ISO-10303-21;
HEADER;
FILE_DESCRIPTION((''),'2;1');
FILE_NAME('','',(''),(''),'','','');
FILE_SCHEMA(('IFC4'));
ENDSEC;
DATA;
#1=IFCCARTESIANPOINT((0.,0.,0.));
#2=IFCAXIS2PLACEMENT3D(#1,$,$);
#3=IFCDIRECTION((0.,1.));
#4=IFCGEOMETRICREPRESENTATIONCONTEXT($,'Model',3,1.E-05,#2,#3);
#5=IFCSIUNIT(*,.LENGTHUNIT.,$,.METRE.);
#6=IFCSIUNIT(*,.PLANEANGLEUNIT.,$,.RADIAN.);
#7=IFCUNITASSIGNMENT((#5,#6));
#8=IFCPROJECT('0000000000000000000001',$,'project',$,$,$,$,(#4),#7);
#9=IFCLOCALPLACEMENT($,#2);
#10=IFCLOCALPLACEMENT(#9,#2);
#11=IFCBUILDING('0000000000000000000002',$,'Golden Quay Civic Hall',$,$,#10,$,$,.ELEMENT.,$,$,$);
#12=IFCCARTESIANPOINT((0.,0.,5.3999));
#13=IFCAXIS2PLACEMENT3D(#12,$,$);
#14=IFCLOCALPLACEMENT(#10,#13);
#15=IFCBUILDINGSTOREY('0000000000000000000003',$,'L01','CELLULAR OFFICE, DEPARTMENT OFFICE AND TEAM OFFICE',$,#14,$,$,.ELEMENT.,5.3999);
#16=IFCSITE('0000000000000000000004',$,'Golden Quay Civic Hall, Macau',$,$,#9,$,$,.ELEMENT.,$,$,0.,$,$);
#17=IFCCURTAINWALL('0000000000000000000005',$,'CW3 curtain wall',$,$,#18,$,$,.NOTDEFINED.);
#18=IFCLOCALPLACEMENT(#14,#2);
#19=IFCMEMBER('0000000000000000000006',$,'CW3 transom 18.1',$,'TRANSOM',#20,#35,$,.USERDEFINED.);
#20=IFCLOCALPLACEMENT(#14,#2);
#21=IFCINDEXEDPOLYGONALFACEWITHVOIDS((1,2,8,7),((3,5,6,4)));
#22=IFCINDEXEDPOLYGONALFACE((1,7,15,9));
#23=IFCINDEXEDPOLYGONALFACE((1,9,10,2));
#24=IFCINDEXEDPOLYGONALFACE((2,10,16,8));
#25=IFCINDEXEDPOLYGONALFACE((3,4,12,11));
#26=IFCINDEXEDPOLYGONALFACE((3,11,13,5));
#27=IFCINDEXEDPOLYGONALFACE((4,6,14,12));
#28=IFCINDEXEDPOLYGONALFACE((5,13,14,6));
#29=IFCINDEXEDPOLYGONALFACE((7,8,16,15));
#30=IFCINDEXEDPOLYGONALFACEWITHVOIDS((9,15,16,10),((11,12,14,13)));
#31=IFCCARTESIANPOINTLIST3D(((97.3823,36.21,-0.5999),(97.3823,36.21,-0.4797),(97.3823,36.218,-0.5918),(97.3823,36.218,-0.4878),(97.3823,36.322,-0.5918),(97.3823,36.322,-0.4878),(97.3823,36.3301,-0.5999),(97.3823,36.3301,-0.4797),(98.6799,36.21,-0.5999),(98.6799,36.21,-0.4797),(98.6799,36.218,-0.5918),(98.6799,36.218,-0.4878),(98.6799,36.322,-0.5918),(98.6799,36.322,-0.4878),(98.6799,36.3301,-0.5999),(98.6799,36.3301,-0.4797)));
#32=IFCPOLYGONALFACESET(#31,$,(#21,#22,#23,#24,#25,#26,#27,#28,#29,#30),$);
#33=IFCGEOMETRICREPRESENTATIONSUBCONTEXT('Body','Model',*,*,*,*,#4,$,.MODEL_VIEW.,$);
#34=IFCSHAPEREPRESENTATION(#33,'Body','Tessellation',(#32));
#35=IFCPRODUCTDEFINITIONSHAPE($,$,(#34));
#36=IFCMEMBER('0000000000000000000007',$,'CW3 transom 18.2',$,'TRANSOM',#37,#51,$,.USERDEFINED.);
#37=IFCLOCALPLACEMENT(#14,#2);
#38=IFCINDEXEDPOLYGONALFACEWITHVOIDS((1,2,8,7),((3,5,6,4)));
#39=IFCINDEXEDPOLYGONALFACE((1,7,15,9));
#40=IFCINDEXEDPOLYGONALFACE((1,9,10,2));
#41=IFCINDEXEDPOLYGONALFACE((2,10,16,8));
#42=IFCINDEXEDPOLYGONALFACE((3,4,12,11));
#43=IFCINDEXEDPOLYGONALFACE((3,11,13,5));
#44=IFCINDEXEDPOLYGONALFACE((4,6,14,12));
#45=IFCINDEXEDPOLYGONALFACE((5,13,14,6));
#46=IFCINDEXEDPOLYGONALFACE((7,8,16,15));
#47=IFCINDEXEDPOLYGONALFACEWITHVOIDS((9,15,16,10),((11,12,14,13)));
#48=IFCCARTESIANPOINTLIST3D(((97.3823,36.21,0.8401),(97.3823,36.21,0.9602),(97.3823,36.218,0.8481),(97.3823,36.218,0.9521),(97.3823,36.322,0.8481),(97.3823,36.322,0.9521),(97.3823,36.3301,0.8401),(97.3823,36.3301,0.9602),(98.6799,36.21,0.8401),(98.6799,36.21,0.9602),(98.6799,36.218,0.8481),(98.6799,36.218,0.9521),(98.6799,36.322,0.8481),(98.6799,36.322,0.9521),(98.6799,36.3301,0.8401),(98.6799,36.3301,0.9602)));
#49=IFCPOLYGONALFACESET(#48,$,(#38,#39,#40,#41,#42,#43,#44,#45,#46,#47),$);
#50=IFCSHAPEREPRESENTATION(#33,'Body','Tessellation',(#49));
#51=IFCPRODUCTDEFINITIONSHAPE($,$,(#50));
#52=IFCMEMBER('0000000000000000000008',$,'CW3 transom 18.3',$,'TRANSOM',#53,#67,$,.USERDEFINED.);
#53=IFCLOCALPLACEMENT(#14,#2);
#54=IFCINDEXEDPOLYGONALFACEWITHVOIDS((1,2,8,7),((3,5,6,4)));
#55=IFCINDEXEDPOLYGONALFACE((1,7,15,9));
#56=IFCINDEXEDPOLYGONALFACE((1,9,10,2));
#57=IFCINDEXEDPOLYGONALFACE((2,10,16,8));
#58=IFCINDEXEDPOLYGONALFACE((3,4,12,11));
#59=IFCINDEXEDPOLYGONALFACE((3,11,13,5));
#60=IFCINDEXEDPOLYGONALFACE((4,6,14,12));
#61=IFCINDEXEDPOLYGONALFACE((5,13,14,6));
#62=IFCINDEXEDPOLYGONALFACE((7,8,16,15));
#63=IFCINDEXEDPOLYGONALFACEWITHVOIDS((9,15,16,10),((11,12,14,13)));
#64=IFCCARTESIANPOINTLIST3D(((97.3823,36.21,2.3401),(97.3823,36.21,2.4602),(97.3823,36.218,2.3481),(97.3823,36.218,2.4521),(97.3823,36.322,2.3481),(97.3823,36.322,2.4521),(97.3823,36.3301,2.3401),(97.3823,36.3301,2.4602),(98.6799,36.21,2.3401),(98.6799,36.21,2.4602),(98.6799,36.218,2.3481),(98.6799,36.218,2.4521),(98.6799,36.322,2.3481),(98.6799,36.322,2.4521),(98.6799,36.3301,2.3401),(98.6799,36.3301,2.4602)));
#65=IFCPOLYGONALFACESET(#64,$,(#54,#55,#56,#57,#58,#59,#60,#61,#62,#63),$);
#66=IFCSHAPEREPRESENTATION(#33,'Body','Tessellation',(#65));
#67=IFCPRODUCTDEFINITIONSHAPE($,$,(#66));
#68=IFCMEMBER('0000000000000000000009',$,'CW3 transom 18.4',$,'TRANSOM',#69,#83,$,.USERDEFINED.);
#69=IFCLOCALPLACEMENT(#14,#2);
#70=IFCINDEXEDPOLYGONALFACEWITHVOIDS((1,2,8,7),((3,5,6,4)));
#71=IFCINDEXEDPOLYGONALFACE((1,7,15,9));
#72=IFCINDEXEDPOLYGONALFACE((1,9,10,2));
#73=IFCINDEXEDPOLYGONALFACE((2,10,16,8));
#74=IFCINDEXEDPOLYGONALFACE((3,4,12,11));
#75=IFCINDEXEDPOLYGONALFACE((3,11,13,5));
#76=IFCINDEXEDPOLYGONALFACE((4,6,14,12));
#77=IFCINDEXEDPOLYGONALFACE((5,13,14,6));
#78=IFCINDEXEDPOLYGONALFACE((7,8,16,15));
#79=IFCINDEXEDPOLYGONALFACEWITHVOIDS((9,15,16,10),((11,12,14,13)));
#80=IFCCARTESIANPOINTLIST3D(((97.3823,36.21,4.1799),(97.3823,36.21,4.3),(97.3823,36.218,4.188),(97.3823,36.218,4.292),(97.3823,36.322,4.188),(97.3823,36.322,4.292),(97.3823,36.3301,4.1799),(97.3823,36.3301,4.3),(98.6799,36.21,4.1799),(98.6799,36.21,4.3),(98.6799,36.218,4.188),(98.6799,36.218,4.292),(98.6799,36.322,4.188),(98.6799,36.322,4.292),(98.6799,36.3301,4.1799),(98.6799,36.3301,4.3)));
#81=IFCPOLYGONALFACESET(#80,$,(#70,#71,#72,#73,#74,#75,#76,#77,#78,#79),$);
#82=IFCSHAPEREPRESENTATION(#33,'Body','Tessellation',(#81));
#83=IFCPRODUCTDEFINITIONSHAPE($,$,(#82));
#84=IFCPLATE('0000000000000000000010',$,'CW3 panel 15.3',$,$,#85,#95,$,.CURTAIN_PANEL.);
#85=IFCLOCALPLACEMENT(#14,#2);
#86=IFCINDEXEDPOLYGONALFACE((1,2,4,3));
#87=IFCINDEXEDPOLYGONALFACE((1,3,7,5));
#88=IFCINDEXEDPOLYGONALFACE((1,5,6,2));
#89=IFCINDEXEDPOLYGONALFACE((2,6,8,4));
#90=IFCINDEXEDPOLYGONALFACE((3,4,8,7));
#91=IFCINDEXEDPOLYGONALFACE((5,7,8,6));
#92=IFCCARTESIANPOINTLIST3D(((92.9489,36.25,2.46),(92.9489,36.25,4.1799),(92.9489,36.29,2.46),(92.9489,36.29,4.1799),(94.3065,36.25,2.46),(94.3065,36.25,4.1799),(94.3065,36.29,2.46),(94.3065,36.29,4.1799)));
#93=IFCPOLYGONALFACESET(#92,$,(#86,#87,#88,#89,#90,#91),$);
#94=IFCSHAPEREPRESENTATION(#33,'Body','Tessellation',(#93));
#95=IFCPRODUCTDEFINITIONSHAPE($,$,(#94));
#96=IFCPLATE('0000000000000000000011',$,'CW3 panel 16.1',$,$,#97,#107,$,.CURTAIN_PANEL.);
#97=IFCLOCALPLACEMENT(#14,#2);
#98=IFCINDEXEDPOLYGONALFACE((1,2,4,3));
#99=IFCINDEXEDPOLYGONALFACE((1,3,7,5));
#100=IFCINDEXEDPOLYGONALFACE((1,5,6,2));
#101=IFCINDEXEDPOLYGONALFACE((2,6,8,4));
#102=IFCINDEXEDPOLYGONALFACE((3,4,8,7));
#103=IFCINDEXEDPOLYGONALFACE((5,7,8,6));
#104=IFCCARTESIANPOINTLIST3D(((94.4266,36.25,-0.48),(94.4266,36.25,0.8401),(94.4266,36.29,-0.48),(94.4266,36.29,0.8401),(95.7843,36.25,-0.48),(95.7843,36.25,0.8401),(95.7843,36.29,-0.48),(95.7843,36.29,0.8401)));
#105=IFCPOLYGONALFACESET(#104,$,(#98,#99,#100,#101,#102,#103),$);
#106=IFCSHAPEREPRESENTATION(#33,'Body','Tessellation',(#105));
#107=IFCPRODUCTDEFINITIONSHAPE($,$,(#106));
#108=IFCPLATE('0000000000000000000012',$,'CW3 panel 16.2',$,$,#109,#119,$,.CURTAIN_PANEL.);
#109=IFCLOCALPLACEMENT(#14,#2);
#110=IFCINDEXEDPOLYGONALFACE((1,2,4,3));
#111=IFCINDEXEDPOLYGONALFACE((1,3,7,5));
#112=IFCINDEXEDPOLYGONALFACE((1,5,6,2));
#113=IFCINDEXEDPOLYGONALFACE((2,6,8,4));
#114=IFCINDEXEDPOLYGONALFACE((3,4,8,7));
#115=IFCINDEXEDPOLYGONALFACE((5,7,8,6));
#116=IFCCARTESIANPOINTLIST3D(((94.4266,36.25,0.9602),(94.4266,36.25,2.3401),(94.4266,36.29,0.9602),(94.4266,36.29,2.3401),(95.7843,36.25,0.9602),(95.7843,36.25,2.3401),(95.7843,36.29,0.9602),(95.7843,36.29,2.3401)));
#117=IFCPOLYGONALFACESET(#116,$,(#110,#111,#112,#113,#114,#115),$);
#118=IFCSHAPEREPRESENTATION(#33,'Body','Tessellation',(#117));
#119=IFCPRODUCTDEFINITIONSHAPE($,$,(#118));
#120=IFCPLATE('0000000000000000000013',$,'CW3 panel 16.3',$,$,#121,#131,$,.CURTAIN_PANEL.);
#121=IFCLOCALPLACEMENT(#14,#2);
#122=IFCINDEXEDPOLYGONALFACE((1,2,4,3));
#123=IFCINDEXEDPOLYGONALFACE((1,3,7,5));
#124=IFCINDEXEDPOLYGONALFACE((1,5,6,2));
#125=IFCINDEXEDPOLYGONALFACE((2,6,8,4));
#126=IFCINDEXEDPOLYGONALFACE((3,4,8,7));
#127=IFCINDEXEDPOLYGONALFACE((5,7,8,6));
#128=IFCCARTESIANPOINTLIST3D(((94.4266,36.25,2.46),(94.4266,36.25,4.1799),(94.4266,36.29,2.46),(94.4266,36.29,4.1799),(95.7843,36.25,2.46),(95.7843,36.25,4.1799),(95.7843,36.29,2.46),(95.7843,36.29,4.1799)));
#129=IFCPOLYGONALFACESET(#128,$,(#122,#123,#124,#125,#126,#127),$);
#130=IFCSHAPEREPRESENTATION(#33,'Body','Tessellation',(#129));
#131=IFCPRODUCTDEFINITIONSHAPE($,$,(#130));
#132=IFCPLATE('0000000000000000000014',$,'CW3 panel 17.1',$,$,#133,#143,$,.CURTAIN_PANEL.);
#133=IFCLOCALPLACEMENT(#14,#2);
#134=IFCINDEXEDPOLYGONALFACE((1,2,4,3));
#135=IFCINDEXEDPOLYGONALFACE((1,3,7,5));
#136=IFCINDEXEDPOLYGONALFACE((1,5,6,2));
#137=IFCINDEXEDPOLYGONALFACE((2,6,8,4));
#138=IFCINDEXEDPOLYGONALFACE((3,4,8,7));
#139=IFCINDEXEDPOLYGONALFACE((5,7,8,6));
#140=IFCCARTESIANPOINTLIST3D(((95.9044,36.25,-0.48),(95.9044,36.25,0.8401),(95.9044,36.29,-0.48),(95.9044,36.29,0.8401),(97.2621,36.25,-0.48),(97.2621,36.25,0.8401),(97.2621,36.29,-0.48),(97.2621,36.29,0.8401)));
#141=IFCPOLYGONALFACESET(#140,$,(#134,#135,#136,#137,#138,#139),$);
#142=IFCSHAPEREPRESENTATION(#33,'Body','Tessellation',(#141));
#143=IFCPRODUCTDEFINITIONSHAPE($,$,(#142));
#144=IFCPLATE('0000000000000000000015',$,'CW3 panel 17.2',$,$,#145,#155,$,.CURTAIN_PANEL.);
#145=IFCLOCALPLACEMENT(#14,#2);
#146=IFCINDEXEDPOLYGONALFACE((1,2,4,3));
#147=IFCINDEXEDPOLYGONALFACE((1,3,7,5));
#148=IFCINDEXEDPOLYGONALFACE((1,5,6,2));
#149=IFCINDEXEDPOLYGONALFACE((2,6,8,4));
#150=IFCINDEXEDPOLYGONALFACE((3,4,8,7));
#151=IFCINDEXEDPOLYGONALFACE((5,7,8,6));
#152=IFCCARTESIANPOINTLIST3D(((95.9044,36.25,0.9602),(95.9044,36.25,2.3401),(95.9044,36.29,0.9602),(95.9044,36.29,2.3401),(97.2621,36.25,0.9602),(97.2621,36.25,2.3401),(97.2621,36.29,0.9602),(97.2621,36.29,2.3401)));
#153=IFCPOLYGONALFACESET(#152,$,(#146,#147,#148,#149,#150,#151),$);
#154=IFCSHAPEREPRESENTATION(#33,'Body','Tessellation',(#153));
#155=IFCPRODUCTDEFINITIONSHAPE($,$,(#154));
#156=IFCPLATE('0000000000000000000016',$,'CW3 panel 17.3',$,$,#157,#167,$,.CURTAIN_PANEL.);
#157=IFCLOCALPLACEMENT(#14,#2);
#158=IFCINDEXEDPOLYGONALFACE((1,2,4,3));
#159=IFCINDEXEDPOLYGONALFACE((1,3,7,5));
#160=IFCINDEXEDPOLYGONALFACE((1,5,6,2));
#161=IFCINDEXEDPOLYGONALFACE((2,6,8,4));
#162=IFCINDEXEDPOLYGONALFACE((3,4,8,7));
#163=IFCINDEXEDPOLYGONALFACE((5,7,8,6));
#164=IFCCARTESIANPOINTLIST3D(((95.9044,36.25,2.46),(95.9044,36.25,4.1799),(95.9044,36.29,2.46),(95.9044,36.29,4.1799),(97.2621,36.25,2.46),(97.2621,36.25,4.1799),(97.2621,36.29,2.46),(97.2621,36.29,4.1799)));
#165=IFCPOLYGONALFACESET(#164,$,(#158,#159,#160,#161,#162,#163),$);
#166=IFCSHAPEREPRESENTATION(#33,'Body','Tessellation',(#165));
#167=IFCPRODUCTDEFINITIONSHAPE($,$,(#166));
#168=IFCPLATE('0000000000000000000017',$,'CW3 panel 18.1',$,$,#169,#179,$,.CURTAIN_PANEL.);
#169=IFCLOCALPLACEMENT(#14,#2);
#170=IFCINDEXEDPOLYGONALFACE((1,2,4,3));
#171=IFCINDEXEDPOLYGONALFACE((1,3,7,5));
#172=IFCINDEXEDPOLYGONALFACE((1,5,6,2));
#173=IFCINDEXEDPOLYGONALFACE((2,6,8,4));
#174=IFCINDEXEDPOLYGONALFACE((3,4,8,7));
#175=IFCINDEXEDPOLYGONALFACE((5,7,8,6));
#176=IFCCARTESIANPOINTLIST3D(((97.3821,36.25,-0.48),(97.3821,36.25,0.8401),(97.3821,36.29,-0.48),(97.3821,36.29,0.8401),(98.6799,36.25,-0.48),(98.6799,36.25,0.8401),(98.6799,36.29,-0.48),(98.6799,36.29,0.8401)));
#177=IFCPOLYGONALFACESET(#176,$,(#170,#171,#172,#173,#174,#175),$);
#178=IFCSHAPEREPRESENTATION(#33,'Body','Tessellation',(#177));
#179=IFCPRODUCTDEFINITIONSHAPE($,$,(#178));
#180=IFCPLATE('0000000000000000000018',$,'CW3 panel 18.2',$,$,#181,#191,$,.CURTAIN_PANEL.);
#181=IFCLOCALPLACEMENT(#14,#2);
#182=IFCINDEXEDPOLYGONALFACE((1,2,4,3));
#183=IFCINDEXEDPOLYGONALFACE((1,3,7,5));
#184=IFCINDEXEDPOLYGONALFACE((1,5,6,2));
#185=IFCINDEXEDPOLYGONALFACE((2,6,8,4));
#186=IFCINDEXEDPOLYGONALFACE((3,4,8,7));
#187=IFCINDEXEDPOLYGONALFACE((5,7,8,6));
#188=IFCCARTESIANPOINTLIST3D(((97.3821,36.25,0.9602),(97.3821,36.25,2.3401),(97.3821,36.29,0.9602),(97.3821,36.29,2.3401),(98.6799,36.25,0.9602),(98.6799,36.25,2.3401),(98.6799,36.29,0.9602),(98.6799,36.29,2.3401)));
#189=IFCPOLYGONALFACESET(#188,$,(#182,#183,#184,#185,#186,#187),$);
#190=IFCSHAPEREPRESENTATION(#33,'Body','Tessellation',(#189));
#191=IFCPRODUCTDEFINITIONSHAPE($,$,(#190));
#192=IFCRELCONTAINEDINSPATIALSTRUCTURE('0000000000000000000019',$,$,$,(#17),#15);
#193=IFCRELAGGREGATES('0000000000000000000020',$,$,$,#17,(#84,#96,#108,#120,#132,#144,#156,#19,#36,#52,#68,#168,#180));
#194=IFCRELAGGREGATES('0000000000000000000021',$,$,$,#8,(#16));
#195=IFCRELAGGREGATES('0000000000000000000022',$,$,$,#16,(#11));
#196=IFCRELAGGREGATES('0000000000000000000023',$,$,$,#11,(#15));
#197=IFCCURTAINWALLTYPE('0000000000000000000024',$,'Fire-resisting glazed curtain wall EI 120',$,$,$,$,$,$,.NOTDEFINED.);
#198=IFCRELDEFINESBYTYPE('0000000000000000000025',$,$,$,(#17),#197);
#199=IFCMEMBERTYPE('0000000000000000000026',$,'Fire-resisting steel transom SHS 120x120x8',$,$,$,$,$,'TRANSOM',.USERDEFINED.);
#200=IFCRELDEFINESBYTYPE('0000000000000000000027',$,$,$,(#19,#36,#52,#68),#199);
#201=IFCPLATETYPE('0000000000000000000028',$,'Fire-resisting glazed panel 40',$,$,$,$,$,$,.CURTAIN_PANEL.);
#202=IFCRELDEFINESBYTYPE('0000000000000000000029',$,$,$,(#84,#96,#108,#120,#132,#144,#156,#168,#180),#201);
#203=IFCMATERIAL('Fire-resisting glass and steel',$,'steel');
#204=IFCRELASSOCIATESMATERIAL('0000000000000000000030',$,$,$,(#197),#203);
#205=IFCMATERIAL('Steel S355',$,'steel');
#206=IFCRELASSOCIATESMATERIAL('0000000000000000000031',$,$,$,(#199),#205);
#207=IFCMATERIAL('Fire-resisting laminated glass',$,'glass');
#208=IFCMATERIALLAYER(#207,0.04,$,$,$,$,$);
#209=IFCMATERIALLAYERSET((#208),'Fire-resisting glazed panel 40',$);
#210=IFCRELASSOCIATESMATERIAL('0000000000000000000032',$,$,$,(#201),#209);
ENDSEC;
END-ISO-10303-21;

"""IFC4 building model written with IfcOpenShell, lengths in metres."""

from ifc_helpers import new_model, si_unit, direction, frame, origin, origin_2d, place, context, subcontext, project, spatial, rectangle, hollow_rectangle, extrude, material, layer, layer_set, material_profile, profile_set, type_object, element, aggregate, save


model = new_model("IFC4")

# Units and contexts
model_context = context("Model", 3, precision=1e-05, world=origin(), true_north=direction((0.0, 1.0)))
body_context = subcontext(model_context, "Body", "Model", "MODEL_VIEW")
ifc_project = project(units=[si_unit("LENGTHUNIT", "METRE"), si_unit("PLANEANGLEUNIT", "RADIAN")], contexts=[model_context])

# Site, building, storey
site_placement = place(None, origin())
site = spatial("IfcSite", under=ifc_project, at=site_placement, Name="Golden Quay Civic Hall, Macau", CompositionType="ELEMENT", RefElevation=0.0)
building_placement = place(site_placement, origin())
building = spatial("IfcBuilding", under=site, at=building_placement, Name="Golden Quay Civic Hall", CompositionType="ELEMENT")
storey_placement = place(building_placement, frame((0.0, 0.0, 5.3999)))
storey = spatial("IfcBuildingStorey", under=building, at=storey_placement, Name="L01", Description="CELLULAR OFFICE, DEPARTMENT OFFICE AND TEAM OFFICE", CompositionType="ELEMENT", Elevation=5.3999)

# Curtain wall, members, plates
ifc_material_1 = material(Name="Fire-resisting glass and steel", Category="steel")
curtain_wall_type = type_object("IfcCurtainWallType", Name="Fire-resisting glazed curtain wall EI 120", PredefinedType="NOTDEFINED", material=ifc_material_1)
curtain_wall_placement = place(storey_placement, origin())
curtain_wall = element("IfcCurtainWall", 1, at=curtain_wall_placement, inside=storey, type_object=curtain_wall_type, Name="CW3 curtain wall", PredefinedType="NOTDEFINED")
ifc_material_2 = material(Name="Steel S355", Category="steel")
ifc_material_profile_1 = material_profile(ifc_material_2, hollow_rectangle(XDim=0.1201, YDim=0.1201, WallThickness=0.0081, at=origin_2d()), Name="SHS 120x120x8")
ifc_profile_set_1 = profile_set([ifc_material_profile_1], Name="Steel S355")
member_type_1 = type_object("IfcMemberType", Name="Fire-resisting steel transom SHS 120x120x8", ElementType="TRANSOM", PredefinedType="USERDEFINED", material=ifc_profile_set_1)
member_1_placement = place(storey_placement, frame((97.3823, 36.27, -0.5398), z_axis=(1.0, 0.0, 0.0), x_axis=(0.0, 1.0, 0.0)))
member_1 = element("IfcMember", 2, at=member_1_placement, type_object=member_type_1, Name="CW3 transom 18.1", ObjectType="TRANSOM", PredefinedType="USERDEFINED", context=body_context, shape_type="SweptSolid", body=[
    extrude(hollow_rectangle(XDim=0.1201, YDim=0.1201, WallThickness=0.0081, at=origin_2d()), origin(), (0.0, 0.0, 1.0), 1.2976),
])
member_2_placement = place(storey_placement, frame((97.3823, 36.27, 0.9001), z_axis=(1.0, 0.0, 0.0), x_axis=(0.0, 1.0, 0.0)))
member_2 = element("IfcMember", 3, at=member_2_placement, type_object=member_type_1, Name="CW3 transom 18.2", ObjectType="TRANSOM", PredefinedType="USERDEFINED", context=body_context, shape_type="SweptSolid", body=[
    extrude(hollow_rectangle(XDim=0.1201, YDim=0.1201, WallThickness=0.0081, at=origin_2d()), origin(), (0.0, 0.0, 1.0), 1.2976),
])
member_3_placement = place(storey_placement, frame((97.3823, 36.27, 2.4001), z_axis=(1.0, 0.0, 0.0), x_axis=(0.0, 1.0, 0.0)))
member_3 = element("IfcMember", 4, at=member_3_placement, type_object=member_type_1, Name="CW3 transom 18.3", ObjectType="TRANSOM", PredefinedType="USERDEFINED", context=body_context, shape_type="SweptSolid", body=[
    extrude(hollow_rectangle(XDim=0.1201, YDim=0.1201, WallThickness=0.0081, at=origin_2d()), origin(), (0.0, 0.0, 1.0), 1.2976),
])
member_4_placement = place(storey_placement, frame((97.3823, 36.27, 4.24), z_axis=(1.0, 0.0, 0.0), x_axis=(0.0, 1.0, 0.0)))
member_4 = element("IfcMember", 5, at=member_4_placement, type_object=member_type_1, Name="CW3 transom 18.4", ObjectType="TRANSOM", PredefinedType="USERDEFINED", context=body_context, shape_type="SweptSolid", body=[
    extrude(hollow_rectangle(XDim=0.1201, YDim=0.1201, WallThickness=0.0081, at=origin_2d()), origin(), (0.0, 0.0, 1.0), 1.2976),
])
ifc_material_3 = material(Name="Fire-resisting laminated glass", Category="glass")
ifc_layer = layer(ifc_material_3, 0.04)
ifc_layer_set = layer_set([ifc_layer], Name="Fire-resisting glazed panel 40")
plate_type = type_object("IfcPlateType", Name="Fire-resisting glazed panel 40", PredefinedType="CURTAIN_PANEL", material=ifc_layer_set)
plate_1_placement = place(storey_placement, frame((93.6277, 36.27, 2.46), z_axis=(0.0, 0.0, 1.0), x_axis=(1.0, 0.0, 0.0)))
plate_1 = element("IfcPlate", 6, at=plate_1_placement, type_object=plate_type, Name="CW3 panel 15.3", PredefinedType="CURTAIN_PANEL", context=body_context, shape_type="SweptSolid", body=[
    extrude(rectangle(XDim=1.3577, YDim=0.04, at=origin_2d()), origin(), (0.0, 0.0, 1.0), 1.72),
])
plate_2_placement = place(storey_placement, frame((95.1055, 36.27, -0.48), z_axis=(0.0, 0.0, 1.0), x_axis=(1.0, 0.0, 0.0)))
plate_2 = element("IfcPlate", 7, at=plate_2_placement, type_object=plate_type, Name="CW3 panel 16.1", PredefinedType="CURTAIN_PANEL", context=body_context, shape_type="SweptSolid", body=[
    extrude(rectangle(XDim=1.3577, YDim=0.04, at=origin_2d()), origin(), (0.0, 0.0, 1.0), 1.3201),
])
plate_3_placement = place(storey_placement, frame((95.1055, 36.27, 0.9602), z_axis=(0.0, 0.0, 1.0), x_axis=(1.0, 0.0, 0.0)))
plate_3 = element("IfcPlate", 8, at=plate_3_placement, type_object=plate_type, Name="CW3 panel 16.2", PredefinedType="CURTAIN_PANEL", context=body_context, shape_type="SweptSolid", body=[
    extrude(rectangle(XDim=1.3577, YDim=0.04, at=origin_2d()), origin(), (0.0, 0.0, 1.0), 1.3799),
])
plate_4_placement = place(storey_placement, frame((95.1055, 36.27, 2.46), z_axis=(0.0, 0.0, 1.0), x_axis=(1.0, 0.0, 0.0)))
plate_4 = element("IfcPlate", 9, at=plate_4_placement, type_object=plate_type, Name="CW3 panel 16.3", PredefinedType="CURTAIN_PANEL", context=body_context, shape_type="SweptSolid", body=[
    extrude(rectangle(XDim=1.3577, YDim=0.04, at=origin_2d()), origin(), (0.0, 0.0, 1.0), 1.72),
])
plate_5_placement = place(storey_placement, frame((96.5833, 36.27, -0.48), z_axis=(0.0, 0.0, 1.0), x_axis=(1.0, 0.0, 0.0)))
plate_5 = element("IfcPlate", 10, at=plate_5_placement, type_object=plate_type, Name="CW3 panel 17.1", PredefinedType="CURTAIN_PANEL", context=body_context, shape_type="SweptSolid", body=[
    extrude(rectangle(XDim=1.3577, YDim=0.04, at=origin_2d()), origin(), (0.0, 0.0, 1.0), 1.3201),
])
plate_6_placement = place(storey_placement, frame((96.5833, 36.27, 0.9602), z_axis=(0.0, 0.0, 1.0), x_axis=(1.0, 0.0, 0.0)))
plate_6 = element("IfcPlate", 11, at=plate_6_placement, type_object=plate_type, Name="CW3 panel 17.2", PredefinedType="CURTAIN_PANEL", context=body_context, shape_type="SweptSolid", body=[
    extrude(rectangle(XDim=1.3577, YDim=0.04, at=origin_2d()), origin(), (0.0, 0.0, 1.0), 1.3799),
])
plate_7_placement = place(storey_placement, frame((96.5833, 36.27, 2.46), z_axis=(0.0, 0.0, 1.0), x_axis=(1.0, 0.0, 0.0)))
plate_7 = element("IfcPlate", 12, at=plate_7_placement, type_object=plate_type, Name="CW3 panel 17.3", PredefinedType="CURTAIN_PANEL", context=body_context, shape_type="SweptSolid", body=[
    extrude(rectangle(XDim=1.3577, YDim=0.04, at=origin_2d()), origin(), (0.0, 0.0, 1.0), 1.72),
])
plate_8_placement = place(storey_placement, frame((98.031, 36.27, -0.48), z_axis=(0.0, 0.0, 1.0), x_axis=(1.0, 0.0, 0.0)))
plate_8 = element("IfcPlate", 13, at=plate_8_placement, type_object=plate_type, Name="CW3 panel 18.1", PredefinedType="CURTAIN_PANEL", context=body_context, shape_type="SweptSolid", body=[
    extrude(rectangle(XDim=1.2979, YDim=0.04, at=origin_2d()), origin(), (0.0, 0.0, 1.0), 1.3201),
])
plate_9_placement = place(storey_placement, frame((98.031, 36.27, 0.9602), z_axis=(0.0, 0.0, 1.0), x_axis=(1.0, 0.0, 0.0)))
plate_9 = element("IfcPlate", 14, at=plate_9_placement, type_object=plate_type, Name="CW3 panel 18.2", PredefinedType="CURTAIN_PANEL", context=body_context, shape_type="SweptSolid", body=[
    extrude(rectangle(XDim=1.2979, YDim=0.04, at=origin_2d()), origin(), (0.0, 0.0, 1.0), 1.3799),
])
aggregate(curtain_wall, [plate_1, plate_2, plate_3, plate_4, plate_5, plate_6, plate_7, member_1, member_2, member_3, member_4, plate_8, plate_9])

save(model, "model.ifc")
